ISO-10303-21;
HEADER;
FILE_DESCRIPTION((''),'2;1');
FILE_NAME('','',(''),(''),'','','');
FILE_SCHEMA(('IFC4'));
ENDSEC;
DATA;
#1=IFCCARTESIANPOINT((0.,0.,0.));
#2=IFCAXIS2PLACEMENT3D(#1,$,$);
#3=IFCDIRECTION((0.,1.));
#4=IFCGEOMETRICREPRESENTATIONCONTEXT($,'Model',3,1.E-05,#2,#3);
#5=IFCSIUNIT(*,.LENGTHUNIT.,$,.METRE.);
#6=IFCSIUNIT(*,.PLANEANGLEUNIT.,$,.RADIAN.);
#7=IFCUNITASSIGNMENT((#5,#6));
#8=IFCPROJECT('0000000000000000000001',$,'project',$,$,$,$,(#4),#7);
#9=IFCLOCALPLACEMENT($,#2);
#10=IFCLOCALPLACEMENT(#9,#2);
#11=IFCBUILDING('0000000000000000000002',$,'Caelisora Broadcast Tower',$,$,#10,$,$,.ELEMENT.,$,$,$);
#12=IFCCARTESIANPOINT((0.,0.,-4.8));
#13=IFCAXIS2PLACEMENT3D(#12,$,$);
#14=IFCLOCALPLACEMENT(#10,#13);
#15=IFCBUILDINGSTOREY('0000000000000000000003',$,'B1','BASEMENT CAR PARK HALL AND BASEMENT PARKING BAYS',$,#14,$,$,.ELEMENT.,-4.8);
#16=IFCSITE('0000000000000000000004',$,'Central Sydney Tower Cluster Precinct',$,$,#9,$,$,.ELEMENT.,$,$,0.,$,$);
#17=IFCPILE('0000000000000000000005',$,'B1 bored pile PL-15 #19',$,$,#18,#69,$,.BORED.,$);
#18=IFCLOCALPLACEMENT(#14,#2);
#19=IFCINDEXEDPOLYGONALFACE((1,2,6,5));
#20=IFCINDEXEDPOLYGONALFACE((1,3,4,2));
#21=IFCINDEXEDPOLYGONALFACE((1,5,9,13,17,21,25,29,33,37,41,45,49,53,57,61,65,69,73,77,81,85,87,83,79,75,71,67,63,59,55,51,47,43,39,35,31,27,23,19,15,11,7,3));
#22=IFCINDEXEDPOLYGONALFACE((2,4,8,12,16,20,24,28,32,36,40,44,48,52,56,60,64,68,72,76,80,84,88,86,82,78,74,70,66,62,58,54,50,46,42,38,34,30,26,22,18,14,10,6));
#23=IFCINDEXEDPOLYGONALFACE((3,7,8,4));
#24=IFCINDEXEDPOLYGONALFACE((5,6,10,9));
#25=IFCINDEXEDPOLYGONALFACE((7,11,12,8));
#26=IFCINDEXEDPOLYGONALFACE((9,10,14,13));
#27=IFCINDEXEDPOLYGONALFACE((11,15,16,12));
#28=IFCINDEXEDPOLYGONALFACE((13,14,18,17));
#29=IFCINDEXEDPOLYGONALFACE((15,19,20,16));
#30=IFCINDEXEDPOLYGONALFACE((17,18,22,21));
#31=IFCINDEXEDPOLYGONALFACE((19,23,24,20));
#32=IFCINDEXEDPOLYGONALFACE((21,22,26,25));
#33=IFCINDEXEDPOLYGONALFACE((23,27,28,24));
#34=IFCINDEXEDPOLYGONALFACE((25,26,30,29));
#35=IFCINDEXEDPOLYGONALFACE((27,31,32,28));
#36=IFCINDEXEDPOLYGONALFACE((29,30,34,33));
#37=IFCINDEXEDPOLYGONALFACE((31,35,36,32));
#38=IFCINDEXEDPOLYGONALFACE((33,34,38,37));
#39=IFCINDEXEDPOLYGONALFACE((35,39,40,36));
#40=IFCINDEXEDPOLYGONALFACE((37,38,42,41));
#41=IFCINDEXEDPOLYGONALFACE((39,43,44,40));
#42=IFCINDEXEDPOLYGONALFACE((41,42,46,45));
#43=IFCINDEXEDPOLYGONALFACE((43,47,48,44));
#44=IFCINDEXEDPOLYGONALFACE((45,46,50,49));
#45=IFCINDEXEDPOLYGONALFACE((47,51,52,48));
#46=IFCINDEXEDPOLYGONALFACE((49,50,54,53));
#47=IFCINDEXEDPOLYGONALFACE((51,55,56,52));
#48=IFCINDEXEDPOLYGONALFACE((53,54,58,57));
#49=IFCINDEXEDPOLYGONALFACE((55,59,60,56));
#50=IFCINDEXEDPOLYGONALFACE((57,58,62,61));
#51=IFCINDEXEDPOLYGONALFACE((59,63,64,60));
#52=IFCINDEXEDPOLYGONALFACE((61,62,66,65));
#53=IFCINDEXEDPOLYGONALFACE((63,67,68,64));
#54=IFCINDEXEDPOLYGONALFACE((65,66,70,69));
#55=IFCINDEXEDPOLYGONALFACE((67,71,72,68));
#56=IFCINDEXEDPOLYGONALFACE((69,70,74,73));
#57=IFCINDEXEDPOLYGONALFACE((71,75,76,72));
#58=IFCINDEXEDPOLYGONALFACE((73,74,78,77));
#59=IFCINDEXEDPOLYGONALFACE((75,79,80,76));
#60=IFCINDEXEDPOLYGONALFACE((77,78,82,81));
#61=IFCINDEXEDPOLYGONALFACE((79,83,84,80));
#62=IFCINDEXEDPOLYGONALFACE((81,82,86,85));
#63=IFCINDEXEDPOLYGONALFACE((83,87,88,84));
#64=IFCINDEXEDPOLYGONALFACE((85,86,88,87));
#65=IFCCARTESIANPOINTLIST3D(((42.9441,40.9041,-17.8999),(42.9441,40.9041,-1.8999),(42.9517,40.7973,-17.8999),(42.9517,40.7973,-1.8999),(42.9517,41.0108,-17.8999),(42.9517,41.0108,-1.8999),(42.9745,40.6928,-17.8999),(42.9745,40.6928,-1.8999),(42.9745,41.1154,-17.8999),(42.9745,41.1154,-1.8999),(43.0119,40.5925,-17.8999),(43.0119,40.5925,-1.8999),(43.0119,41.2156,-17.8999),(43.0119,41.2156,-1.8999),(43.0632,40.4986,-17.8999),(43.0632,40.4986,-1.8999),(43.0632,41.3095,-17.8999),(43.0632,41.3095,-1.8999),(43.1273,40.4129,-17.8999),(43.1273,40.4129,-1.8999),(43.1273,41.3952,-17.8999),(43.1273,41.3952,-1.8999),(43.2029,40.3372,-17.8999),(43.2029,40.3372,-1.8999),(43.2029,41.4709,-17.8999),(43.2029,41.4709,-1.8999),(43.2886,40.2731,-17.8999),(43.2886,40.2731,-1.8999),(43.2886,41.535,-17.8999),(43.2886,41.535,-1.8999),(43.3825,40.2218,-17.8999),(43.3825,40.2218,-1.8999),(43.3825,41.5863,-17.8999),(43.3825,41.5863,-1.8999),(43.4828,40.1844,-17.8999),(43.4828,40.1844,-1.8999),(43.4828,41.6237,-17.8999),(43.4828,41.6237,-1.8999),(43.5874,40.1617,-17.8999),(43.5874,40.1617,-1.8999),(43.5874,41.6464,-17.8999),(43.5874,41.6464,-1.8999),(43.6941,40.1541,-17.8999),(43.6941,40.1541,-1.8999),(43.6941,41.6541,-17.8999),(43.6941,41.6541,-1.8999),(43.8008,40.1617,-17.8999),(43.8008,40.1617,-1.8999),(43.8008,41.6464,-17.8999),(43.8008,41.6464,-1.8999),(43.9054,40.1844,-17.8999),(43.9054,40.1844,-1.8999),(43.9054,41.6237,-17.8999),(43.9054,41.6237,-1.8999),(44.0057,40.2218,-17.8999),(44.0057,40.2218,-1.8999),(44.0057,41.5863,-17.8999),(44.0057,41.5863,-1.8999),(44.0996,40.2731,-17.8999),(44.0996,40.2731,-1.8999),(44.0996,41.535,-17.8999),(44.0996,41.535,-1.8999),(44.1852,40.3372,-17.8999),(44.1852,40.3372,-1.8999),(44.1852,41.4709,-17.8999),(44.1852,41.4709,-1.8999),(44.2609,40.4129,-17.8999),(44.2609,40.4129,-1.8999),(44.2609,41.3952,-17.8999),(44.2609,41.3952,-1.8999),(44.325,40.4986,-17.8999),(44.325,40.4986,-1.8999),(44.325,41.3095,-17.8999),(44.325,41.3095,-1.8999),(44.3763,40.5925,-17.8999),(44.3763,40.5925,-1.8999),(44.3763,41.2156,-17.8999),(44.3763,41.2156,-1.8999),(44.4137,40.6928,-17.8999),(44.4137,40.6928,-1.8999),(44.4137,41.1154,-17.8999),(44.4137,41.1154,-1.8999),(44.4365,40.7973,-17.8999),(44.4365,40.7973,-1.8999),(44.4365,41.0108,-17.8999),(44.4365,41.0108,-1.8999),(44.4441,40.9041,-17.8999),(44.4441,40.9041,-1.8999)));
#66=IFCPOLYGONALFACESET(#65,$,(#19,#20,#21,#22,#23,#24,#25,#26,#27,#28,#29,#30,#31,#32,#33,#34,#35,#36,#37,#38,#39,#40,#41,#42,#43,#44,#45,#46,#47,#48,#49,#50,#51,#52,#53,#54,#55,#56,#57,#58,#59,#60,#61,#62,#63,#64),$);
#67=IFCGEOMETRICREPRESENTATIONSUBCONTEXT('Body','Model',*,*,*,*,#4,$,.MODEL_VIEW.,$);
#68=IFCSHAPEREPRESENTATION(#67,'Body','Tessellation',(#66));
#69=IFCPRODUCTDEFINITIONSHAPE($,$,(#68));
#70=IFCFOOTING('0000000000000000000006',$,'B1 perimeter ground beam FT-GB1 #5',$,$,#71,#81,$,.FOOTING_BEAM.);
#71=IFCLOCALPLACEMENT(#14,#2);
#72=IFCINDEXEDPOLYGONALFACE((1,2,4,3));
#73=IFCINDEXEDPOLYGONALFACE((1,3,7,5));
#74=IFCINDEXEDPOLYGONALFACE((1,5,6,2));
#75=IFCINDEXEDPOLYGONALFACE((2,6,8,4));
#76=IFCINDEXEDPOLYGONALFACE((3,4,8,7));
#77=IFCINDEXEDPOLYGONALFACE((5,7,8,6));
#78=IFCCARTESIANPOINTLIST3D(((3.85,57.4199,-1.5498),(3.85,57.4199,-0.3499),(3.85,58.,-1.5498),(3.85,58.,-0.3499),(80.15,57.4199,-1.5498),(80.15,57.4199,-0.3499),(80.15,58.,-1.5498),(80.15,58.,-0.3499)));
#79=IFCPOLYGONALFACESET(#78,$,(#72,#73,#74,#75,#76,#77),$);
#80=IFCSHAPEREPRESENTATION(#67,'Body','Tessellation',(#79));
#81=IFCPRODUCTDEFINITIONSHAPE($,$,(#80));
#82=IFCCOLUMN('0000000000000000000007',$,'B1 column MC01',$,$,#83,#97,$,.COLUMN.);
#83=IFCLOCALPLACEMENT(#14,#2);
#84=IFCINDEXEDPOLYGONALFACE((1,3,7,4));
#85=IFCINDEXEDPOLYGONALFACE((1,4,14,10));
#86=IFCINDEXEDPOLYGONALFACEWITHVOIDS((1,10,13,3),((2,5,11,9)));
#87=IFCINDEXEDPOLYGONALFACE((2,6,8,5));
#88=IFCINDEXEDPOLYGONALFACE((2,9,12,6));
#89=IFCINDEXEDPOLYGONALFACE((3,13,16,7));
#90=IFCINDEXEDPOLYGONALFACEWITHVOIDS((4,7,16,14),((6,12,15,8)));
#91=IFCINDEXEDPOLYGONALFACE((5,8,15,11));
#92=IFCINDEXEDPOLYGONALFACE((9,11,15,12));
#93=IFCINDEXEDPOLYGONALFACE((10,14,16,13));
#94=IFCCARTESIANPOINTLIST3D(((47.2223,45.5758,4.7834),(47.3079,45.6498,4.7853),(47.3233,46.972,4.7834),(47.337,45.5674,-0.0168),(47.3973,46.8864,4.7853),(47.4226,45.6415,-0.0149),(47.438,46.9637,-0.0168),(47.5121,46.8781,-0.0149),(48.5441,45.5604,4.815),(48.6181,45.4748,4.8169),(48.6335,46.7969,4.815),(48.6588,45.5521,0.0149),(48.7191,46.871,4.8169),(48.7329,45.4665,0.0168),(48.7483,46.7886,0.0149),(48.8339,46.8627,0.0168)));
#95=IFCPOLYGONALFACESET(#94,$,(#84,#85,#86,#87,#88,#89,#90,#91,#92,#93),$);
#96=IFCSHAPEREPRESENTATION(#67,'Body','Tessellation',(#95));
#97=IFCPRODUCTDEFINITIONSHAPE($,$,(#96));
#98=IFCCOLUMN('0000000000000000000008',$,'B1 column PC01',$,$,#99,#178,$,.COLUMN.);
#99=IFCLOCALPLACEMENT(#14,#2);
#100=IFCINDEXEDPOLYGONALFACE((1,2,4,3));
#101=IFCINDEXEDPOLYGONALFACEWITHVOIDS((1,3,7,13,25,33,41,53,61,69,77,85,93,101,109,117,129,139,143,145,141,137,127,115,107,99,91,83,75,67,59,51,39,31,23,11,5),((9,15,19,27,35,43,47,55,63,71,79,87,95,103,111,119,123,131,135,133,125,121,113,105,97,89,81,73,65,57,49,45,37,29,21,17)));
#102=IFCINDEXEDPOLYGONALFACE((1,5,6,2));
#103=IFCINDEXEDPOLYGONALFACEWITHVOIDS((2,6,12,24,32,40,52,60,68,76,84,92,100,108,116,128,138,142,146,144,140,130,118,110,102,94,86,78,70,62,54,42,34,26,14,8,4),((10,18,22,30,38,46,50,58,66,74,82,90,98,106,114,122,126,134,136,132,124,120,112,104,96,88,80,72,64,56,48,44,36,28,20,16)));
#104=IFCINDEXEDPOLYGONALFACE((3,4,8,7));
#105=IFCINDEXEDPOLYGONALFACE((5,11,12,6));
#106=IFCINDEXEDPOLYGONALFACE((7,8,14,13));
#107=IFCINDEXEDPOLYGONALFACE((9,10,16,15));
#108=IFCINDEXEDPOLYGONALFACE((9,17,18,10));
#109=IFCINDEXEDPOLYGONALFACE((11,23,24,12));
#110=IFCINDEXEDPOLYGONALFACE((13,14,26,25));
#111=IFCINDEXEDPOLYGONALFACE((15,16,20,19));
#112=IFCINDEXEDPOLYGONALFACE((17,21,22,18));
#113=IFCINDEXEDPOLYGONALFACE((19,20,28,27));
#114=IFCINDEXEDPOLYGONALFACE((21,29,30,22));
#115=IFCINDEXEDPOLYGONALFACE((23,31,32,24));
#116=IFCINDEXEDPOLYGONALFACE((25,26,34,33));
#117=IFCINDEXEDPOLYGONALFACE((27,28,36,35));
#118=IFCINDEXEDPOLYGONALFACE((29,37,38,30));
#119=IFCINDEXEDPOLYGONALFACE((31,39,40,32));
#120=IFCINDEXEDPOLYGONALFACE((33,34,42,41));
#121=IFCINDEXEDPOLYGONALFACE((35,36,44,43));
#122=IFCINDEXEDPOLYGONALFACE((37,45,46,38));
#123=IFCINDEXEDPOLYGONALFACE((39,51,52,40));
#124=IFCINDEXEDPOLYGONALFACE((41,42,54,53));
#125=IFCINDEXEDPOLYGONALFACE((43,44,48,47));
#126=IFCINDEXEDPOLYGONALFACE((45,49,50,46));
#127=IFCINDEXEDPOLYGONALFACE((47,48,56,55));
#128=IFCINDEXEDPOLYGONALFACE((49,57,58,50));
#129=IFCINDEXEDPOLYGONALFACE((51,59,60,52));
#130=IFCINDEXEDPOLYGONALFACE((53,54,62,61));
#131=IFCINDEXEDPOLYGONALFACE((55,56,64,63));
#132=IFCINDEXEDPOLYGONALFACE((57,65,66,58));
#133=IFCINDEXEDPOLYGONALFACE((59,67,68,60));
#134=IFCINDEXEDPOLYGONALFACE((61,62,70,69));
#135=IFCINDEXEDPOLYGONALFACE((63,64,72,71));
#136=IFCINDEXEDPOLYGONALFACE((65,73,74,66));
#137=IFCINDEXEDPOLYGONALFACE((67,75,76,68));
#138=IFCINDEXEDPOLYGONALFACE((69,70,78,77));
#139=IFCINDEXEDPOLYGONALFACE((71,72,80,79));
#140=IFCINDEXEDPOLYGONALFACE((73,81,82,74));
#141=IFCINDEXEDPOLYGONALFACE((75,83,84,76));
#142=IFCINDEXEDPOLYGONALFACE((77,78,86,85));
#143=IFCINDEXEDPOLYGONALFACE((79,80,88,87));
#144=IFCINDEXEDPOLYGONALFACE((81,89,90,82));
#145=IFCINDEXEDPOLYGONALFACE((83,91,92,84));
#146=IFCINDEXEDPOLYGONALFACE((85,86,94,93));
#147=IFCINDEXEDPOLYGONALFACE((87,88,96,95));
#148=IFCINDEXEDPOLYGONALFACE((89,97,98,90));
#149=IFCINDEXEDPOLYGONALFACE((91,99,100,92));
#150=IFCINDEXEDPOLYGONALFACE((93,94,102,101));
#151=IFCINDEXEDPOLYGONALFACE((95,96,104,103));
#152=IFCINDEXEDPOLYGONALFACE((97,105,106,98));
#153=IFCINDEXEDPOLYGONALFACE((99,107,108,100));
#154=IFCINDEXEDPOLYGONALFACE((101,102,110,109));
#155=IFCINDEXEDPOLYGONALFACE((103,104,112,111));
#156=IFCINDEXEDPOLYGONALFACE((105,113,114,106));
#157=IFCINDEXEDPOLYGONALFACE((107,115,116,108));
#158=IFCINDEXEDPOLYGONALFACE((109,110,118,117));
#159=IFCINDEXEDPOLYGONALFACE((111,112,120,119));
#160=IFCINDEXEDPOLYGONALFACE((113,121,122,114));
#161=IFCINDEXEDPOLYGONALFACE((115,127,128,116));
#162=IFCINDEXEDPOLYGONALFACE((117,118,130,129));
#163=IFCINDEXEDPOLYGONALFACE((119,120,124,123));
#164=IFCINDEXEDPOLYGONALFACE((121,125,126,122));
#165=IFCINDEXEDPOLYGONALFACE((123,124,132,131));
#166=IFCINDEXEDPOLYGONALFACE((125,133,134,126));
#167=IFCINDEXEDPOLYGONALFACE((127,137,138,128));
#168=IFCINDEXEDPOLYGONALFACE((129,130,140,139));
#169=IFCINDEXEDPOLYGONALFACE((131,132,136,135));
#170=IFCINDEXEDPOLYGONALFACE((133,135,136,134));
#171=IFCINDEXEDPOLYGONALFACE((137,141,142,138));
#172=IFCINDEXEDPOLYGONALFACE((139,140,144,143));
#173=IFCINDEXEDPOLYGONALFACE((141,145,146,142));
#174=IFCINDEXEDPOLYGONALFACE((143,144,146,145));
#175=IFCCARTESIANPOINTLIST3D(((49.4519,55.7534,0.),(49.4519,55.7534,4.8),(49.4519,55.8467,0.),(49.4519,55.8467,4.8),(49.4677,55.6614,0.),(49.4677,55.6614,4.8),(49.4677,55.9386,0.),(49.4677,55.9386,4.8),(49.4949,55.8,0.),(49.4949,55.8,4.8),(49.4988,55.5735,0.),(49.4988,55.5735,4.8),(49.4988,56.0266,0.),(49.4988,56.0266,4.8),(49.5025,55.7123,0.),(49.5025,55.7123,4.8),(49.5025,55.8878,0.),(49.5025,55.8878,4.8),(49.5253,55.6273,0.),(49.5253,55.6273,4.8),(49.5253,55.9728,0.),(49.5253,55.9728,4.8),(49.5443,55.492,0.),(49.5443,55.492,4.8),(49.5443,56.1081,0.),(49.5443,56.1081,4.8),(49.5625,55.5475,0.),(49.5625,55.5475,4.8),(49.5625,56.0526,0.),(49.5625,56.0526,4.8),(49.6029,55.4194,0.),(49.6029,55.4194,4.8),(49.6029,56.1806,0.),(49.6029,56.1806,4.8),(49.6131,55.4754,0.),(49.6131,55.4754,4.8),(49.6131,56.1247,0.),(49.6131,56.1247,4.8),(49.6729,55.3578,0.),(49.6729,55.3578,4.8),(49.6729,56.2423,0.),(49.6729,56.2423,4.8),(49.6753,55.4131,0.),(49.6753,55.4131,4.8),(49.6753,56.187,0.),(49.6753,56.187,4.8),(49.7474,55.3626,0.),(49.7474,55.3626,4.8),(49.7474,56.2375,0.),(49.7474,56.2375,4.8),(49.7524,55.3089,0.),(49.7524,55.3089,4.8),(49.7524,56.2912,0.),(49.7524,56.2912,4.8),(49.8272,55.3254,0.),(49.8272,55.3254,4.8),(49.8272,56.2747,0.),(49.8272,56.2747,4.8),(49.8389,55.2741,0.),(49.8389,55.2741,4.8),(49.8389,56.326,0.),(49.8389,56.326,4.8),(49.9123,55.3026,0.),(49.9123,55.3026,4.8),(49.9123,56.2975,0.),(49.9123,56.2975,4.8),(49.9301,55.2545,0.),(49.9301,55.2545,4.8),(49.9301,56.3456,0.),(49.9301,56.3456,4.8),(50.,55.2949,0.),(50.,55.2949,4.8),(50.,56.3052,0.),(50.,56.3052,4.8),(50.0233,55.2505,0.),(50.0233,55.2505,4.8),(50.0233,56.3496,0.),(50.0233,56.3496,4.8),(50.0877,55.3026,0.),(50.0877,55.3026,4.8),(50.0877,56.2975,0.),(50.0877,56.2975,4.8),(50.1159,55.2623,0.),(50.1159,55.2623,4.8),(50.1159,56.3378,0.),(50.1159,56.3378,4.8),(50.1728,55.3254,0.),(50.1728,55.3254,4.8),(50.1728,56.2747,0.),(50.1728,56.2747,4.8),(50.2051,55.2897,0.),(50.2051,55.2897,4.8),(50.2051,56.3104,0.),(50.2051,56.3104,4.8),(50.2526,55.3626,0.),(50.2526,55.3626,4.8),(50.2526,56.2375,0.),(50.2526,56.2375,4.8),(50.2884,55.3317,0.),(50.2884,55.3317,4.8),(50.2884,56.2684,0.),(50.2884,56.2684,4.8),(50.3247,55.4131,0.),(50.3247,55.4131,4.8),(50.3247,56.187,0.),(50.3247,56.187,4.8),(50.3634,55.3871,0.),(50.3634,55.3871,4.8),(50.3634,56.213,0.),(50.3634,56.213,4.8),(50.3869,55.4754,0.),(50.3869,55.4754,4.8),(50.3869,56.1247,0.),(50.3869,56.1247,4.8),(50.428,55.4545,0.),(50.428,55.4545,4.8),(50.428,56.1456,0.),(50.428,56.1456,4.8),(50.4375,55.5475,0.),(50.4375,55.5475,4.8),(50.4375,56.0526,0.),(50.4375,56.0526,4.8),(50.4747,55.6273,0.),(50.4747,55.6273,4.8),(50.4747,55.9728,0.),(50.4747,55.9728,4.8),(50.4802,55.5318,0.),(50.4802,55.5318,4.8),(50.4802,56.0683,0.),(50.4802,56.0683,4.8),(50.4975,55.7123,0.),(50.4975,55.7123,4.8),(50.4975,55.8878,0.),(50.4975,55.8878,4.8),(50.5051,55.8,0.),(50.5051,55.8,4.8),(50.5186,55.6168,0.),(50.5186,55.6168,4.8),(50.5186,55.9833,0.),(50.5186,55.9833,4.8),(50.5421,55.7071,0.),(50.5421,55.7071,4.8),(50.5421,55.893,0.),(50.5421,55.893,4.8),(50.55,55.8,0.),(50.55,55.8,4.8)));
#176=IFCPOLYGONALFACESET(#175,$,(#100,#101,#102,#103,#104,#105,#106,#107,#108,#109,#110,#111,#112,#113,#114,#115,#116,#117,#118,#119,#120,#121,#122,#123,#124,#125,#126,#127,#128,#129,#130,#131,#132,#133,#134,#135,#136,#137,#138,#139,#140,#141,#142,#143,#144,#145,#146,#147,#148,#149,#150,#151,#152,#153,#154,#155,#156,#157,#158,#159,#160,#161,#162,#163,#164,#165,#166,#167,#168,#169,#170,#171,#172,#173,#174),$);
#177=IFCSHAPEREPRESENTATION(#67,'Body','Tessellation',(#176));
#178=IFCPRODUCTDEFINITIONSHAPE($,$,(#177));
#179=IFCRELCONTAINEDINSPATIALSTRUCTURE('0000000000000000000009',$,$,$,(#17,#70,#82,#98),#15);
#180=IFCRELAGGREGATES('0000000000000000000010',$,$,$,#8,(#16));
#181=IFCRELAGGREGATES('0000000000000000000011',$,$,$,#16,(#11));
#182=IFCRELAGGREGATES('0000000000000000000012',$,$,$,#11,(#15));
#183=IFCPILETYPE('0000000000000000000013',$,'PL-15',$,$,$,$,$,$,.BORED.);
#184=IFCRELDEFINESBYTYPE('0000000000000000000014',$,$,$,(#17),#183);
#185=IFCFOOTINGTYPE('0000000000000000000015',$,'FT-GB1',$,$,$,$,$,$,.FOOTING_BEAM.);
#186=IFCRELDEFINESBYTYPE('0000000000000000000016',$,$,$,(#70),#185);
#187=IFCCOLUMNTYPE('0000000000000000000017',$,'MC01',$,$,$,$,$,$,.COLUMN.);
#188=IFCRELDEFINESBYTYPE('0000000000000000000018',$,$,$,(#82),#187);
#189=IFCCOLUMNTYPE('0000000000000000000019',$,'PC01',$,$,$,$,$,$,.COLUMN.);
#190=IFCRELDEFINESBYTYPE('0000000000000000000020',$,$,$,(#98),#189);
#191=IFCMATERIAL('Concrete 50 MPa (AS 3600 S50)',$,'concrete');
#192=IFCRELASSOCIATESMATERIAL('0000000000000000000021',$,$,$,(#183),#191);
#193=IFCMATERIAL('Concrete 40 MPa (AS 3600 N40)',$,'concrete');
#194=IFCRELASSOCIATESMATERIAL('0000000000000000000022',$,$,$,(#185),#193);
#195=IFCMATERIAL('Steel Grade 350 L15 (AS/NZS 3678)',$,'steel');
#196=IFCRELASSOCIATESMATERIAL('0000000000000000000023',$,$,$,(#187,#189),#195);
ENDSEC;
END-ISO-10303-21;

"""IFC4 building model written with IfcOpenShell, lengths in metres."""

from ifc_helpers import new_model, si_unit, direction, frame, origin, origin_2d, place, context, subcontext, project, spatial, rectangle, hollow_rectangle, circle, hollow_circle, extrude, source, transform, mapped, material, material_profile, profile_set, type_object, type_shapes, element, save


model = new_model("IFC4")

# Units and contexts
model_context = context("Model", 3, precision=1e-05, world=origin(), true_north=direction((0.0, 1.0)))
body_context = subcontext(model_context, "Body", "Model", "MODEL_VIEW")
ifc_project = project(units=[si_unit("LENGTHUNIT", "METRE"), si_unit("PLANEANGLEUNIT", "RADIAN")], contexts=[model_context])

# Site, building, storey
site_placement = place(None, origin())
site = spatial("IfcSite", under=ifc_project, at=site_placement, Name="Central Sydney Tower Cluster Precinct", CompositionType="ELEMENT", RefElevation=0.0)
building_placement = place(site_placement, origin())
building = spatial("IfcBuilding", under=site, at=building_placement, Name="Caelisora Broadcast Tower", CompositionType="ELEMENT")
storey_placement = place(building_placement, frame((0.0, 0.0, -4.8)))
storey = spatial("IfcBuildingStorey", under=building, at=storey_placement, Name="B1", Description="BASEMENT CAR PARK HALL AND BASEMENT PARKING BAYS", CompositionType="ELEMENT", Elevation=-4.8)

# Pile
ifc_material_1 = material(Name="Concrete 50 MPa (AS 3600 S50)", Category="concrete")
ifc_material_profile_1 = material_profile(ifc_material_1, circle(Radius=0.75, at=origin_2d()), Name="Concrete 50 MPa (AS 3600 S50)")
ifc_profile_set_1 = profile_set([ifc_material_profile_1], Name="Concrete 50 MPa (AS 3600 S50)")
pile_type = type_object("IfcPileType", Name="PL-15", PredefinedType="BORED", material=ifc_profile_set_1)
pile_placement = place(storey_placement, frame((43.6941, 40.9041, -1.8999), z_axis=(0.0, 0.0, -1.0), x_axis=(1.0, 0.0, 0.0)))
element("IfcPile", 1, at=pile_placement, inside=storey, type_object=pile_type, Name="B1 bored pile PL-15 #19", PredefinedType="BORED", context=body_context, shape_type="SweptSolid", body=[
    extrude(circle(Radius=0.75, at=origin_2d()), origin(), (0.0, 0.0, 1.0), 16.0),
])

# Footing
ifc_material_2 = material(Name="Concrete 40 MPa (AS 3600 N40)", Category="concrete")
footing_type = type_object("IfcFootingType", Name="FT-GB1", PredefinedType="FOOTING_BEAM", material=ifc_material_2)
shared_shape_1 = source(origin(), body_context, "Body", "SweptSolid", [
    extrude(rectangle(XDim=76.3, YDim=0.5801, at=origin_2d()), origin(), (0.0, 0.0, 1.0), 1.2),
])
type_shapes(footing_type, [shared_shape_1])
footing_placement = place(storey_placement, frame((42.0, 57.71, -1.5498), z_axis=(0.0, 0.0, 1.0), x_axis=(-1.0, 0.0, 0.0)))
element("IfcFooting", 2, at=footing_placement, inside=storey, type_object=footing_type, Name="B1 perimeter ground beam FT-GB1 #5", PredefinedType="FOOTING_BEAM", context=body_context, shape_type="MappedRepresentation", body=[
    mapped(shared_shape_1, transform((0.0, 0.0, 0.0), scale=1.0)),
])

# Columns
ifc_material_3 = material(Name="Steel Grade 350 L15 (AS/NZS 3678)", Category="steel")
ifc_material_profile_2 = material_profile(ifc_material_3, hollow_rectangle(XDim=1.3999, YDim=1.3999, WallThickness=0.0801, at=origin_2d()), Name="Steel Grade 350 L15 (AS/NZS 3678)")
ifc_profile_set_2 = profile_set([ifc_material_profile_2], Name="Steel Grade 350 L15 (AS/NZS 3678)")
column_type_1 = type_object("IfcColumnType", Name="MC01", PredefinedType="COLUMN", material=ifc_profile_set_2)
shared_shape_2 = source(origin(), body_context, "Body", "SweptSolid", [
    extrude(hollow_rectangle(XDim=1.3999, YDim=1.3999, WallThickness=0.0801, at=origin_2d()), origin(), (0.0, 0.0, 1.0), 4.8015),
])
type_shapes(column_type_1, [shared_shape_2])
column_1_placement = place(storey_placement, frame((48.0854, 46.2151, 0.0), z_axis=(-0.023898, 0.001729, 0.999713), x_axis=(-0.072152, -0.997394, 0.0)))
element("IfcColumn", 3, at=column_1_placement, inside=storey, type_object=column_type_1, Name="B1 column MC01", PredefinedType="COLUMN", context=body_context, shape_type="MappedRepresentation", body=[
    mapped(shared_shape_2, transform((0.0, 0.0, 0.0), scale=1.0)),
])
ifc_material_profile_3 = material_profile(ifc_material_3, hollow_circle(Radius=0.55, WallThickness=0.0449, at=origin_2d()), Name="Steel Grade 350 L15 (AS/NZS 3678)")
ifc_profile_set_3 = profile_set([ifc_material_profile_3], Name="Steel Grade 350 L15 (AS/NZS 3678)")
column_type_2 = type_object("IfcColumnType", Name="PC01", PredefinedType="COLUMN", material=ifc_profile_set_3)
shared_shape_3 = source(origin(), body_context, "Body", "SweptSolid", [
    extrude(hollow_circle(Radius=0.55, WallThickness=0.0449, at=origin_2d()), origin(), (0.0, 0.0, 1.0), 4.8),
])
type_shapes(column_type_2, [shared_shape_3])
column_2_placement = place(storey_placement, frame((50.0, 55.8, 0.0), z_axis=(0.0, 0.0, 1.0), x_axis=(1.0, 0.0, 0.0)))
element("IfcColumn", 4, at=column_2_placement, inside=storey, type_object=column_type_2, Name="B1 column PC01", PredefinedType="COLUMN", context=body_context, shape_type="MappedRepresentation", body=[
    mapped(shared_shape_3, transform((0.0, 0.0, 0.0), scale=1.0)),
])

save(model, "model.ifc")
